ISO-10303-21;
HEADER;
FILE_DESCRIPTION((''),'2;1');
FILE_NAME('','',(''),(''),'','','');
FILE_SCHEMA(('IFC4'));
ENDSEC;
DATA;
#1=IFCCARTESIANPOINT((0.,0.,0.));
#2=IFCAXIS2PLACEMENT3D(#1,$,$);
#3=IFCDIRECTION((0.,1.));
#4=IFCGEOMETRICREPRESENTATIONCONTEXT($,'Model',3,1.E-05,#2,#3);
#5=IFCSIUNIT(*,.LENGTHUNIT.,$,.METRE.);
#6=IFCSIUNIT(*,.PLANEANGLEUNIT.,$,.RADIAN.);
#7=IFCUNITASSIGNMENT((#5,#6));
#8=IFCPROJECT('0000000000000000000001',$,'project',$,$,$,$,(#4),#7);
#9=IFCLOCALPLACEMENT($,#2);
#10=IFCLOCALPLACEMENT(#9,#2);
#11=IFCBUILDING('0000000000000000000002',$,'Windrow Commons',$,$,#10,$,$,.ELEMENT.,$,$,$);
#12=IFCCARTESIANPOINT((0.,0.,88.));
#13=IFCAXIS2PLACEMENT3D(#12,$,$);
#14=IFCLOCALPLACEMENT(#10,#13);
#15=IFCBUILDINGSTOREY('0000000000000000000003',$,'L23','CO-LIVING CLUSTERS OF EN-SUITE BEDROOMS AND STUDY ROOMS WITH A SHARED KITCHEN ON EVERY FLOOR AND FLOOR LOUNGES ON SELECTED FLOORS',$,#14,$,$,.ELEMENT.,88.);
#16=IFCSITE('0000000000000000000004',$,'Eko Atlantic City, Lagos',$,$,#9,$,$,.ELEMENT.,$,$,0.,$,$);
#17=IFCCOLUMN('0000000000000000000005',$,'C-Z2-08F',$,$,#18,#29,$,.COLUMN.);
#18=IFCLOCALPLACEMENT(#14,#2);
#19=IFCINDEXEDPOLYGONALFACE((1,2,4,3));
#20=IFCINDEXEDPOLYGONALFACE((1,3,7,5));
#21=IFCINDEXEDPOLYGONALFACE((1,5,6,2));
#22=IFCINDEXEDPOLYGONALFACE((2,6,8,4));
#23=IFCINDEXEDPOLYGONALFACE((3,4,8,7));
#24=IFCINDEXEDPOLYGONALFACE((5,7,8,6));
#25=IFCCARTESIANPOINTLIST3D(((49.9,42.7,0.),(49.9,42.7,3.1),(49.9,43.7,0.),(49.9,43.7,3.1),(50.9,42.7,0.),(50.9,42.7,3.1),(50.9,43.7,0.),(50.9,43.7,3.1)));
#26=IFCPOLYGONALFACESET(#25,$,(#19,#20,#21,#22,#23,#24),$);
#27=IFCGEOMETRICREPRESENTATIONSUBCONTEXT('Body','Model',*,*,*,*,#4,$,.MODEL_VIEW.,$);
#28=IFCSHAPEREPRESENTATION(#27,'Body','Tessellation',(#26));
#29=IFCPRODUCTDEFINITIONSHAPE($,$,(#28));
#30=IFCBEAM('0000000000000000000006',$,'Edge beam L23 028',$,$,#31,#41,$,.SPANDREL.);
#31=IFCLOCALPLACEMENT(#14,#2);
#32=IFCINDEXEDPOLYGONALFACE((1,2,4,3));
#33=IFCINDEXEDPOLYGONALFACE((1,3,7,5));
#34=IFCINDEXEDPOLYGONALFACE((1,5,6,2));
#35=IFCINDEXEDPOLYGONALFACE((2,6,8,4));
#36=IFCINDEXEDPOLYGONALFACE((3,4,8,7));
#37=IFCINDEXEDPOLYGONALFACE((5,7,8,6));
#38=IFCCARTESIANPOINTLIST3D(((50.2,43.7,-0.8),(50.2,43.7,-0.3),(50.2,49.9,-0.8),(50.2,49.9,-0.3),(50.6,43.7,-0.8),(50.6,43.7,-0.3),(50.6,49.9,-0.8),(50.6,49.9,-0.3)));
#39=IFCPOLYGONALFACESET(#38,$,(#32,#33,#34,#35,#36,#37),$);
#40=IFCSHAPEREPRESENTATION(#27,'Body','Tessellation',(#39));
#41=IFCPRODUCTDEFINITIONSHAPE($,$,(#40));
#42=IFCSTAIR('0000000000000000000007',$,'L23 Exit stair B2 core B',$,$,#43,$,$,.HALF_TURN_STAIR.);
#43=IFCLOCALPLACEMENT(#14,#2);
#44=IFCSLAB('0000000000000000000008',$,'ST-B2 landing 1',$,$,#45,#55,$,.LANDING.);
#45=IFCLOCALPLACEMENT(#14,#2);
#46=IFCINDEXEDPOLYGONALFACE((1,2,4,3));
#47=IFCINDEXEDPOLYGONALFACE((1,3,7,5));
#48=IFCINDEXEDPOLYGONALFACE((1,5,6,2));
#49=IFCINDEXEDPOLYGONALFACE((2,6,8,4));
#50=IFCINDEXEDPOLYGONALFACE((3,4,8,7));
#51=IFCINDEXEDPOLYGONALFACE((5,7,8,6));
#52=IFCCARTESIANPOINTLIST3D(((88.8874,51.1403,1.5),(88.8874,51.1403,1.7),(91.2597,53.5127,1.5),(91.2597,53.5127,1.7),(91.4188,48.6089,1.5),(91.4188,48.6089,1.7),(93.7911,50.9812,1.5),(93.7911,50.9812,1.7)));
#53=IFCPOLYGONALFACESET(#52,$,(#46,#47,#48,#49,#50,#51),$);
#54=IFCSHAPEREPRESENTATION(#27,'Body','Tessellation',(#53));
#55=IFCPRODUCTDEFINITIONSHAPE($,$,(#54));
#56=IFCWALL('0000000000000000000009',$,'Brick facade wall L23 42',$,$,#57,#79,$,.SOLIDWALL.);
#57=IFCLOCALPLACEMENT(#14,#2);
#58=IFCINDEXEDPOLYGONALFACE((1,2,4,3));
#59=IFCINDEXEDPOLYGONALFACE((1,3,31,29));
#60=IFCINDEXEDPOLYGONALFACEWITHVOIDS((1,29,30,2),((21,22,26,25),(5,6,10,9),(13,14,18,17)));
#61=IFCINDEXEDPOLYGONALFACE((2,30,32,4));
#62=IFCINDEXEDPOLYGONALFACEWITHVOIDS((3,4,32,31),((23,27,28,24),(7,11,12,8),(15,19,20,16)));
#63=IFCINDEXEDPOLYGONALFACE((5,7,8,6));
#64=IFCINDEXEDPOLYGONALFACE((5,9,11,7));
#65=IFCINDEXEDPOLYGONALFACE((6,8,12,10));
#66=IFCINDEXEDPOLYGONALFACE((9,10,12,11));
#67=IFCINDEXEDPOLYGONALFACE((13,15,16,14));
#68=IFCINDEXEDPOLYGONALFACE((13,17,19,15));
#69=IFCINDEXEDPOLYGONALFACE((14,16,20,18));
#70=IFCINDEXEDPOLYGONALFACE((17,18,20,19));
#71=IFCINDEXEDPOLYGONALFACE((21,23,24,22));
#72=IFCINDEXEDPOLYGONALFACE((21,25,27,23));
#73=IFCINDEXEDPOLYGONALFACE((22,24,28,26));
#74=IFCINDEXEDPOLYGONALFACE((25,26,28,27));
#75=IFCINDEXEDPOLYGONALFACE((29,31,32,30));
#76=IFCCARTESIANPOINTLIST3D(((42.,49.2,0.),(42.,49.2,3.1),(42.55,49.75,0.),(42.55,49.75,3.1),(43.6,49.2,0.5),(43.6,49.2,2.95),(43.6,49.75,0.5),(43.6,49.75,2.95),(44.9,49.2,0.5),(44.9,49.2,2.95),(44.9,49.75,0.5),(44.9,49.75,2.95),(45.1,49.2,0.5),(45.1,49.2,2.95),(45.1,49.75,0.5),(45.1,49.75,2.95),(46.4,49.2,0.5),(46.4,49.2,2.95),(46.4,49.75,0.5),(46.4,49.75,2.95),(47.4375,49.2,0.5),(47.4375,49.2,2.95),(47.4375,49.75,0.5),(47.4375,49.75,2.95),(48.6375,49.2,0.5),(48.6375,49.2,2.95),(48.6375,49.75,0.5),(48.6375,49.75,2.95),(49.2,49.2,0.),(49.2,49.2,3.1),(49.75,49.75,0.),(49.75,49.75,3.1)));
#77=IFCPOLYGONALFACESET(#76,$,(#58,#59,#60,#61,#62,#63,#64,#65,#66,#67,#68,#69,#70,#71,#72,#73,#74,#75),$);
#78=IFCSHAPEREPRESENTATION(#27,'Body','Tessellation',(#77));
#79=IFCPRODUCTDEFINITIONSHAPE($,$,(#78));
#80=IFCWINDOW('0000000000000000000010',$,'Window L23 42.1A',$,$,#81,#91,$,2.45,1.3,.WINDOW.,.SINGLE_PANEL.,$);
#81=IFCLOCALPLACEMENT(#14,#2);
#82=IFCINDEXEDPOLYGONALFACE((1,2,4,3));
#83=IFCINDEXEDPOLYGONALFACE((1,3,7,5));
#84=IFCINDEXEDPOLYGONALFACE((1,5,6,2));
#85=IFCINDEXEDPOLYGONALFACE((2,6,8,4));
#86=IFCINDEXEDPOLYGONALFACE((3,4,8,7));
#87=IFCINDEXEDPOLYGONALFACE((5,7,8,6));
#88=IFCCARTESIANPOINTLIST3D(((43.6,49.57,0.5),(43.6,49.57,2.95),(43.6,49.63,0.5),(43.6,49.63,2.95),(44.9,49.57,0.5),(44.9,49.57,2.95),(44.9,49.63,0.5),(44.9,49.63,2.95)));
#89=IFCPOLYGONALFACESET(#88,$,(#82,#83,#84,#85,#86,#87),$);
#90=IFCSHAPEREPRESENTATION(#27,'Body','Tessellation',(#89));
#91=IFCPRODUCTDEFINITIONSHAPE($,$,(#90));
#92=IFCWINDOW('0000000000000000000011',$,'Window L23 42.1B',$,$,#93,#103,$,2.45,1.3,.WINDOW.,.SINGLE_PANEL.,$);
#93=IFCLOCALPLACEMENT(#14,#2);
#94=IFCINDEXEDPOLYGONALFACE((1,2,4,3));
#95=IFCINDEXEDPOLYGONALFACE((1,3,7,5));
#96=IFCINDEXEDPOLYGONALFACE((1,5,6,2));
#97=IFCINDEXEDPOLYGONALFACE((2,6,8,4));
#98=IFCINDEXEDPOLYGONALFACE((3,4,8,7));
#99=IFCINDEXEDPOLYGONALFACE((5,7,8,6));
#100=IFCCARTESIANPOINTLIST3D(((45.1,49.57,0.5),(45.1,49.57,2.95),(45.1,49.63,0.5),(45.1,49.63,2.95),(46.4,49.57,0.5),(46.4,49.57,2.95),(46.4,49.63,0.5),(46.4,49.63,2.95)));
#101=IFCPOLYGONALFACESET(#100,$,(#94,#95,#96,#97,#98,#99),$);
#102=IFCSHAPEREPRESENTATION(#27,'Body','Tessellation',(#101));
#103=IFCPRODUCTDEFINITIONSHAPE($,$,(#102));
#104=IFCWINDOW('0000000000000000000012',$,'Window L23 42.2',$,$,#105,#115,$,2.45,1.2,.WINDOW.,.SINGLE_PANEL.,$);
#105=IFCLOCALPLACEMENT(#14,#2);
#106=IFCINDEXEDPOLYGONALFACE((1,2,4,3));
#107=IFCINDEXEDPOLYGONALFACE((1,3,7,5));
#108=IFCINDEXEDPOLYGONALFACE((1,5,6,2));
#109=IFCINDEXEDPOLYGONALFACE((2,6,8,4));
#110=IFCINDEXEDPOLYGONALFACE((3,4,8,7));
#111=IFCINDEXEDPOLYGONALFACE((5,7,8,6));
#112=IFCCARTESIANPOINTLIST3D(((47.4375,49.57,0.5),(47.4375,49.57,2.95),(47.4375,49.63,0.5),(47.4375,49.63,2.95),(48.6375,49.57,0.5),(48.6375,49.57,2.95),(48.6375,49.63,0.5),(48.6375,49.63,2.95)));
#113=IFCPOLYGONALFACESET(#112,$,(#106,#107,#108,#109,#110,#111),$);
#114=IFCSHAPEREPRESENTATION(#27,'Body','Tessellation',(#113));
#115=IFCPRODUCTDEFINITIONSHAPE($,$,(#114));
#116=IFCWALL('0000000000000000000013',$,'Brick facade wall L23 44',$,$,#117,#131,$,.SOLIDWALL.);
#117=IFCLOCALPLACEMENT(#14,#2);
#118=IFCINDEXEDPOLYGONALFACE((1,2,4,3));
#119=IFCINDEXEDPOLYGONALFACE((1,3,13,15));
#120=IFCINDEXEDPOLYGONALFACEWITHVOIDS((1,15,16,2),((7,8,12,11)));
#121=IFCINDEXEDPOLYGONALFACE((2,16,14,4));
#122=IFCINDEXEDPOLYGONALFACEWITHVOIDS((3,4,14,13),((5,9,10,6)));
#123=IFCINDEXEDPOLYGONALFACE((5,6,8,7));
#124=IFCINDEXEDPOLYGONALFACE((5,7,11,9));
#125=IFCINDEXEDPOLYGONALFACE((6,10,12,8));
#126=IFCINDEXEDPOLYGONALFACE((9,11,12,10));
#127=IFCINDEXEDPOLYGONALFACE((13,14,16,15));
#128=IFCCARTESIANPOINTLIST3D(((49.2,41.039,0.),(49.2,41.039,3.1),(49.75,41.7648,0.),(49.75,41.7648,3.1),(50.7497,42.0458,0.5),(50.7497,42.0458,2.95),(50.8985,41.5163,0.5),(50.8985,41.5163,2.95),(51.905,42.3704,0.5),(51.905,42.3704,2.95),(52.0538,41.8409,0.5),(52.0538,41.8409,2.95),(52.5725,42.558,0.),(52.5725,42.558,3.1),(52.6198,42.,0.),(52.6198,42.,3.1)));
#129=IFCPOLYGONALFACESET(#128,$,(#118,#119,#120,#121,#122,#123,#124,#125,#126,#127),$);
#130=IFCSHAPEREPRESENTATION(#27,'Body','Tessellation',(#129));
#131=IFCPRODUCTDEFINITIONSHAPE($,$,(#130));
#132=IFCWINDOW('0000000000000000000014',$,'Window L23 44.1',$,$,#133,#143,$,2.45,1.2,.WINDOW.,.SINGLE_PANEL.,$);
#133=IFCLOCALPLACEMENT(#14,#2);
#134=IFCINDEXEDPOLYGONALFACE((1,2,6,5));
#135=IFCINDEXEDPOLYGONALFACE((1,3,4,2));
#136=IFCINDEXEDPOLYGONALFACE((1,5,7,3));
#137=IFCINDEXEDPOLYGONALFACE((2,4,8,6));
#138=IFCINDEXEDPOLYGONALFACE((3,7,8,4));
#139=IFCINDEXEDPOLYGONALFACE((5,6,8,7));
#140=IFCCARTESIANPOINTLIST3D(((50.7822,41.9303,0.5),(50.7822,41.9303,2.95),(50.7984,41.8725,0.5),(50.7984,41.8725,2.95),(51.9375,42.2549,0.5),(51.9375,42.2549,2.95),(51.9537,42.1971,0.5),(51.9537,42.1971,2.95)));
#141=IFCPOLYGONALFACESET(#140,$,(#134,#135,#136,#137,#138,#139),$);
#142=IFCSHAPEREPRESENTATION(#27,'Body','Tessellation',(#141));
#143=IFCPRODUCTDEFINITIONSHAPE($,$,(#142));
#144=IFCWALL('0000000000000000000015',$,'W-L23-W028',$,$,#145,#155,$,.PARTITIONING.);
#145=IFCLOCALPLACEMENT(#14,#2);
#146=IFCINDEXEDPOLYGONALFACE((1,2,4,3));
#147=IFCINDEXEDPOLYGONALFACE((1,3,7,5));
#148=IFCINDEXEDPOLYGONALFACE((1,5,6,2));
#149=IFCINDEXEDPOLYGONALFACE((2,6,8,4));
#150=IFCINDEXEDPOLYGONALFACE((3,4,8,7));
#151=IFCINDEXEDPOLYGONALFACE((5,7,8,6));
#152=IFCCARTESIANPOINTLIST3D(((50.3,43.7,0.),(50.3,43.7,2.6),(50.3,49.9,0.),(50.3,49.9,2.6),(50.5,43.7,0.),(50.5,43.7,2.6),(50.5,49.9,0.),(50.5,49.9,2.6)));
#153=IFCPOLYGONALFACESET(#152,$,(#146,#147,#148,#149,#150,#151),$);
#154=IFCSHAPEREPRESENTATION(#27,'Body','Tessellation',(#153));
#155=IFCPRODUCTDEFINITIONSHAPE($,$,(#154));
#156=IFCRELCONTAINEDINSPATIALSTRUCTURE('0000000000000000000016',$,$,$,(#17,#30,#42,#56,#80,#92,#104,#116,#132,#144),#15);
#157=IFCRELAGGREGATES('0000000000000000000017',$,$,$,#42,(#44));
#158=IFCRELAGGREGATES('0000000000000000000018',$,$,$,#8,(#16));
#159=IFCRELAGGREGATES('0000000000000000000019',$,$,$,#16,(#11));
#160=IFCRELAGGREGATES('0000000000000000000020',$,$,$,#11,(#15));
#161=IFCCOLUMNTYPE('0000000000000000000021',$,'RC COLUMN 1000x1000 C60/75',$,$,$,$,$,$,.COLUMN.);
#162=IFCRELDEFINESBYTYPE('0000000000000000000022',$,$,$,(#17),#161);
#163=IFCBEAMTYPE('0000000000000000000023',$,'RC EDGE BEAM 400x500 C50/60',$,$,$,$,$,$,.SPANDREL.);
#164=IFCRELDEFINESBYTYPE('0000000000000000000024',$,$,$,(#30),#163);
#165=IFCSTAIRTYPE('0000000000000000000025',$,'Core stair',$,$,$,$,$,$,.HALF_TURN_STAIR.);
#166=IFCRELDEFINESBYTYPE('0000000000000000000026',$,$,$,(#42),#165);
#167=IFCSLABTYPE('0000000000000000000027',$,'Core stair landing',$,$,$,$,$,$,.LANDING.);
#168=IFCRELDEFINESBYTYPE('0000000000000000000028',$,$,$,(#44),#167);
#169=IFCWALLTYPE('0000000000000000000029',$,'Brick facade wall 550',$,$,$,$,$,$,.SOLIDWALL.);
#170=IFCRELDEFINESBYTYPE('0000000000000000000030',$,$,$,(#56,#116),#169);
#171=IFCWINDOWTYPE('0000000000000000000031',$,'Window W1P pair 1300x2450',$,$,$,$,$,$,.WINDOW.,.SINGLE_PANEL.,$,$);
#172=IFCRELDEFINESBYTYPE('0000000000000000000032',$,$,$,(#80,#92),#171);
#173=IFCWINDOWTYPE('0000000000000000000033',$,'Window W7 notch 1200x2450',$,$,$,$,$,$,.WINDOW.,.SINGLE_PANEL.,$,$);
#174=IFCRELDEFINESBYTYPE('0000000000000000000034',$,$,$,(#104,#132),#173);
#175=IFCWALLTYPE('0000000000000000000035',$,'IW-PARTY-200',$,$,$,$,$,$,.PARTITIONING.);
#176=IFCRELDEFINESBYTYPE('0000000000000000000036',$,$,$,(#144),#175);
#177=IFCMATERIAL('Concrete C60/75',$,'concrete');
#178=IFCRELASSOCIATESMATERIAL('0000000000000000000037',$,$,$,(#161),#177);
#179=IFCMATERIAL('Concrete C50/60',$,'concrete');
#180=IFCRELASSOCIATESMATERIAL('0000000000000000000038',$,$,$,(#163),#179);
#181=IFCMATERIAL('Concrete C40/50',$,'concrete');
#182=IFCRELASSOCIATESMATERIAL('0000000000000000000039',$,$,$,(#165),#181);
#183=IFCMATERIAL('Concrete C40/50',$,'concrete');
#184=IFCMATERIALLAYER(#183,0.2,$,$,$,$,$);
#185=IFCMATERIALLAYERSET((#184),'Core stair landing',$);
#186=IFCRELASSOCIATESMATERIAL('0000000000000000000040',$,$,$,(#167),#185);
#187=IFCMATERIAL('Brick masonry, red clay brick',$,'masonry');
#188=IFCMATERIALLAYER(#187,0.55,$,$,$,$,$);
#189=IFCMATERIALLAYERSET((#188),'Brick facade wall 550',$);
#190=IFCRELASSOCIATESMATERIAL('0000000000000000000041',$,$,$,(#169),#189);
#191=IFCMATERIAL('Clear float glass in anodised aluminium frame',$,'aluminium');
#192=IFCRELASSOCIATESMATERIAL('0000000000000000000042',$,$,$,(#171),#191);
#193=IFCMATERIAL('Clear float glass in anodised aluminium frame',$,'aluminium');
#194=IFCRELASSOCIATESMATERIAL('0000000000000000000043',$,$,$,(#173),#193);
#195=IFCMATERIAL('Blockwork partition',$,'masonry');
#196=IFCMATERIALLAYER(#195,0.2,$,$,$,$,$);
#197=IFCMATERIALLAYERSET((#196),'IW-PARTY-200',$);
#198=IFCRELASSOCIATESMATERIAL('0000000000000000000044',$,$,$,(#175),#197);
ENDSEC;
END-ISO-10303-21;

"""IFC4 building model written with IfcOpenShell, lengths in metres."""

from ifc_helpers import new_model, si_unit, direction, frame, frame_2d, origin, origin_2d, place, context, subcontext, project, spatial, polyline, rectangle, outline, extrude, material, layer, layer_set, material_profile, profile_set, type_object, element, fill, aggregate, save


model = new_model("IFC4")

# Units and contexts
model_context = context("Model", 3, precision=1e-05, world=origin(), true_north=direction((0.0, 1.0)))
body_context = subcontext(model_context, "Body", "Model", "MODEL_VIEW")
ifc_project = project(units=[si_unit("LENGTHUNIT", "METRE"), si_unit("PLANEANGLEUNIT", "RADIAN")], contexts=[model_context])

# Site, building, storey
site_placement = place(None, origin())
site = spatial("IfcSite", under=ifc_project, at=site_placement, Name="Eko Atlantic City, Lagos", CompositionType="ELEMENT", RefElevation=0.0)
building_placement = place(site_placement, origin())
building = spatial("IfcBuilding", under=site, at=building_placement, Name="Windrow Commons", CompositionType="ELEMENT")
storey_placement = place(building_placement, frame((0.0, 0.0, 88.0)))
storey = spatial("IfcBuildingStorey", under=building, at=storey_placement, Name="L23", Description="CO-LIVING CLUSTERS OF EN-SUITE BEDROOMS AND STUDY ROOMS WITH A SHARED KITCHEN ON EVERY FLOOR AND FLOOR LOUNGES ON SELECTED FLOORS", CompositionType="ELEMENT", Elevation=88.0)

# Column
ifc_material_1 = material(Name="Concrete C60/75", Category="concrete")
ifc_material_profile_1 = material_profile(ifc_material_1, rectangle(XDim=1.0, YDim=1.0, at=origin_2d()))
ifc_profile_set_1 = profile_set([ifc_material_profile_1], Name="Concrete C60/75")
column_type = type_object("IfcColumnType", Name="RC COLUMN 1000x1000 C60/75", PredefinedType="COLUMN", material=ifc_profile_set_1)
column_placement = place(storey_placement, frame((50.4, 43.2, 0.0), z_axis=(0.0, 0.0, 1.0), x_axis=(1.0, 0.0, 0.0)))
element("IfcColumn", 1, at=column_placement, inside=storey, type_object=column_type, Name="C-Z2-08F", PredefinedType="COLUMN", context=body_context, shape_type="SweptSolid", body=[
    extrude(rectangle(XDim=1.0, YDim=1.0, at=origin_2d()), origin(), (0.0, 0.0, 1.0), 3.1),
])

# Beam
ifc_material_2 = material(Name="Concrete C50/60", Category="concrete")
ifc_material_profile_2 = material_profile(ifc_material_2, rectangle(XDim=0.4, YDim=0.5, at=origin_2d()))
ifc_profile_set_2 = profile_set([ifc_material_profile_2], Name="Concrete C50/60")
beam_type = type_object("IfcBeamType", Name="RC EDGE BEAM 400x500 C50/60", PredefinedType="SPANDREL", material=ifc_profile_set_2)
beam_placement = place(storey_placement, frame((50.4, 43.7, -0.55), z_axis=(0.0, 1.0, 0.0), x_axis=(-1.0, 0.0, 0.0)))
element("IfcBeam", 2, at=beam_placement, inside=storey, type_object=beam_type, Name="Edge beam L23 028", PredefinedType="SPANDREL", context=body_context, shape_type="SweptSolid", body=[
    extrude(rectangle(XDim=0.4, YDim=0.5, at=origin_2d()), origin(), (0.0, 0.0, 1.0), 6.2),
])

# Stair, slab
ifc_material_3 = material(Name="Concrete C40/50", Category="concrete")
stair_type = type_object("IfcStairType", Name="Core stair", PredefinedType="HALF_TURN_STAIR", material=ifc_material_3)
stair_placement = place(storey_placement, origin())
stair = element("IfcStair", 3, at=stair_placement, inside=storey, type_object=stair_type, Name="L23 Exit stair B2 core B", PredefinedType="HALF_TURN_STAIR")
ifc_material_4 = material(Name="Concrete C40/50", Category="concrete")
ifc_layer_1 = layer(ifc_material_4, 0.2)
ifc_layer_set_1 = layer_set([ifc_layer_1], Name="Core stair landing")
slab_type = type_object("IfcSlabType", Name="Core stair landing", PredefinedType="LANDING", material=ifc_layer_set_1)
slab_placement = place(storey_placement, frame((0.0, 0.0, 1.5)))
slab = element("IfcSlab", 4, at=slab_placement, type_object=slab_type, Name="ST-B2 landing 1", PredefinedType="LANDING", context=body_context, shape_type="SweptSolid", body=[
    extrude(outline(polyline([(88.8874, 51.1403), (91.4188, 48.6089), (93.7911, 50.9812), (91.2597, 53.5127), (88.8874, 51.1403)])), origin(), (0.0, 0.0, 1.0), 0.2),
])
aggregate(stair, [slab])

# Wall, openings, windows
ifc_material_5 = material(Name="Brick masonry, red clay brick", Category="masonry")
ifc_layer_2 = layer(ifc_material_5, 0.55)
ifc_layer_set_2 = layer_set([ifc_layer_2], Name="Brick facade wall 550")
wall_type_1 = type_object("IfcWallType", Name="Brick facade wall 550", PredefinedType="SOLIDWALL", material=ifc_layer_set_2)
wall_1_placement = place(storey_placement, frame((42.275, 49.475, 0.0), z_axis=(0.0, 0.0, 1.0), x_axis=(1.0, 0.0, 0.0)))
wall_1 = element("IfcWall", 5, at=wall_1_placement, inside=storey, type_object=wall_type_1, Name="Brick facade wall L23 42", PredefinedType="SOLIDWALL", context=body_context, shape_type="SweptSolid", body=[
    extrude(outline(polyline([(-0.275, -0.275), (6.925, -0.275), (7.475, 0.275), (0.275, 0.275), (-0.275, -0.275)])), origin(), (0.0, 0.0, 1.0), 3.1),
])
opening_1_placement = place(wall_1_placement, frame((1.325, 0.0, 0.5)))
opening_1 = element("IfcOpeningElement", 6, at=opening_1_placement, cuts=wall_1, PredefinedType="OPENING", context=body_context, shape_type="SweptSolid", body=[
    extrude(rectangle(XDim=1.3, YDim=2.45, at=frame_2d((0.65, 1.225))), frame((0.0, 0.285, 0.0), z_axis=(0.0, -1.0, 0.0), x_axis=(1.0, 0.0, 0.0)), (0.0, 0.0, 1.0), 0.57),
])
opening_2_placement = place(wall_1_placement, frame((2.825, 0.0, 0.5)))
opening_2 = element("IfcOpeningElement", 7, at=opening_2_placement, cuts=wall_1, PredefinedType="OPENING", context=body_context, shape_type="SweptSolid", body=[
    extrude(rectangle(XDim=1.3, YDim=2.45, at=frame_2d((0.65, 1.225))), frame((0.0, 0.285, 0.0), z_axis=(0.0, -1.0, 0.0), x_axis=(1.0, 0.0, 0.0)), (0.0, 0.0, 1.0), 0.57),
])
opening_3_placement = place(wall_1_placement, frame((5.1625, 0.0, 0.5)))
opening_3 = element("IfcOpeningElement", 8, at=opening_3_placement, cuts=wall_1, PredefinedType="OPENING", context=body_context, shape_type="SweptSolid", body=[
    extrude(rectangle(XDim=1.2, YDim=2.45, at=frame_2d((0.6, 1.225))), frame((0.0, 0.285, 0.0), z_axis=(0.0, -1.0, 0.0), x_axis=(1.0, 0.0, 0.0)), (0.0, 0.0, 1.0), 0.57),
])
ifc_material_6 = material(Name="Clear float glass in anodised aluminium frame", Category="aluminium")
window_type_1 = type_object("IfcWindowType", Name="Window W1P pair 1300x2450", PartitioningType="SINGLE_PANEL", PredefinedType="WINDOW", material=ifc_material_6)
window_1_placement = place(opening_1_placement, origin())
window_1 = element("IfcWindow", 9, at=window_1_placement, inside=storey, type_object=window_type_1, Name="Window L23 42.1A", OverallHeight=2.45, OverallWidth=1.3, PartitioningType="SINGLE_PANEL", PredefinedType="WINDOW", context=body_context, shape_type="SweptSolid", body=[
    extrude(rectangle(XDim=1.3, YDim=2.45, at=frame_2d((0.65, 1.225))), frame((0.0, 0.155, 0.0), z_axis=(0.0, -1.0, 0.0), x_axis=(1.0, 0.0, 0.0)), (0.0, 0.0, 1.0), 0.06),
])
fill(opening_1, window_1)
window_2_placement = place(opening_2_placement, origin())
window_2 = element("IfcWindow", 10, at=window_2_placement, inside=storey, type_object=window_type_1, Name="Window L23 42.1B", OverallHeight=2.45, OverallWidth=1.3, PartitioningType="SINGLE_PANEL", PredefinedType="WINDOW", context=body_context, shape_type="SweptSolid", body=[
    extrude(rectangle(XDim=1.3, YDim=2.45, at=frame_2d((0.65, 1.225))), frame((0.0, 0.155, 0.0), z_axis=(0.0, -1.0, 0.0), x_axis=(1.0, 0.0, 0.0)), (0.0, 0.0, 1.0), 0.06),
])
fill(opening_2, window_2)
ifc_material_7 = material(Name="Clear float glass in anodised aluminium frame", Category="aluminium")
window_type_2 = type_object("IfcWindowType", Name="Window W7 notch 1200x2450", PartitioningType="SINGLE_PANEL", PredefinedType="WINDOW", material=ifc_material_7)
window_3_placement = place(opening_3_placement, origin())
window_3 = element("IfcWindow", 11, at=window_3_placement, inside=storey, type_object=window_type_2, Name="Window L23 42.2", OverallHeight=2.45, OverallWidth=1.2, PartitioningType="SINGLE_PANEL", PredefinedType="WINDOW", context=body_context, shape_type="SweptSolid", body=[
    extrude(rectangle(XDim=1.2, YDim=2.45, at=frame_2d((0.6, 1.225))), frame((0.0, 0.155, 0.0), z_axis=(0.0, -1.0, 0.0), x_axis=(1.0, 0.0, 0.0)), (0.0, 0.0, 1.0), 0.06),
])
fill(opening_3, window_3)

# Wall, opening, window
wall_2_placement = place(storey_placement, frame((49.475, 41.4019, 0.0), z_axis=(0.0, 0.0, 1.0), x_axis=(0.962708, 0.270543, 0.0)))
wall_2 = element("IfcWall", 12, at=wall_2_placement, inside=storey, type_object=wall_type_1, Name="Brick facade wall L23 44", PredefinedType="SOLIDWALL", context=body_context, shape_type="SweptSolid", body=[
    extrude(outline(polyline([(-0.3629, -0.275), (3.1893, -0.275), (3.2948, 0.275), (0.3629, 0.275), (-0.3629, -0.275)])), origin(), (0.0, 0.0, 1.0), 3.1),
])
opening_4_placement = place(wall_2_placement, frame((1.4014, 0.0, 0.5)))
opening_4 = element("IfcOpeningElement", 13, at=opening_4_placement, cuts=wall_2, PredefinedType="OPENING", context=body_context, shape_type="SweptSolid", body=[
    extrude(rectangle(XDim=1.2, YDim=2.45, at=frame_2d((0.6, 1.225))), frame((0.0, 0.285, 0.0), z_axis=(0.0, -1.0, 0.0), x_axis=(1.0, 0.0, 0.0)), (0.0, 0.0, 1.0), 0.57),
])
window_4_placement = place(opening_4_placement, origin())
window_4 = element("IfcWindow", 14, at=window_4_placement, inside=storey, type_object=window_type_2, Name="Window L23 44.1", OverallHeight=2.45, OverallWidth=1.2, PartitioningType="SINGLE_PANEL", PredefinedType="WINDOW", context=body_context, shape_type="SweptSolid", body=[
    extrude(rectangle(XDim=1.2, YDim=2.45, at=frame_2d((0.6, 1.225))), frame((0.0, 0.155, 0.0), z_axis=(0.0, -1.0, 0.0), x_axis=(1.0, 0.0, 0.0)), (0.0, 0.0, 1.0), 0.06),
])
fill(opening_4, window_4)

# Wall
ifc_material_8 = material(Name="Blockwork partition", Category="masonry")
ifc_layer_3 = layer(ifc_material_8, 0.2)
ifc_layer_set_3 = layer_set([ifc_layer_3], Name="IW-PARTY-200")
wall_type_2 = type_object("IfcWallType", Name="IW-PARTY-200", PredefinedType="PARTITIONING", material=ifc_layer_set_3)
wall_3_placement = place(storey_placement, frame((50.4, 43.7, 0.0), z_axis=(0.0, 0.0, 1.0), x_axis=(0.0, 1.0, 0.0)))
element("IfcWall", 15, at=wall_3_placement, inside=storey, type_object=wall_type_2, Name="W-L23-W028", PredefinedType="PARTITIONING", context=body_context, shape_type="SweptSolid", body=[
    extrude(rectangle(XDim=6.2, YDim=0.2, at=frame_2d((3.1, 0.0))), origin(), (0.0, 0.0, 1.0), 2.6),
])

save(model, "model.ifc")
